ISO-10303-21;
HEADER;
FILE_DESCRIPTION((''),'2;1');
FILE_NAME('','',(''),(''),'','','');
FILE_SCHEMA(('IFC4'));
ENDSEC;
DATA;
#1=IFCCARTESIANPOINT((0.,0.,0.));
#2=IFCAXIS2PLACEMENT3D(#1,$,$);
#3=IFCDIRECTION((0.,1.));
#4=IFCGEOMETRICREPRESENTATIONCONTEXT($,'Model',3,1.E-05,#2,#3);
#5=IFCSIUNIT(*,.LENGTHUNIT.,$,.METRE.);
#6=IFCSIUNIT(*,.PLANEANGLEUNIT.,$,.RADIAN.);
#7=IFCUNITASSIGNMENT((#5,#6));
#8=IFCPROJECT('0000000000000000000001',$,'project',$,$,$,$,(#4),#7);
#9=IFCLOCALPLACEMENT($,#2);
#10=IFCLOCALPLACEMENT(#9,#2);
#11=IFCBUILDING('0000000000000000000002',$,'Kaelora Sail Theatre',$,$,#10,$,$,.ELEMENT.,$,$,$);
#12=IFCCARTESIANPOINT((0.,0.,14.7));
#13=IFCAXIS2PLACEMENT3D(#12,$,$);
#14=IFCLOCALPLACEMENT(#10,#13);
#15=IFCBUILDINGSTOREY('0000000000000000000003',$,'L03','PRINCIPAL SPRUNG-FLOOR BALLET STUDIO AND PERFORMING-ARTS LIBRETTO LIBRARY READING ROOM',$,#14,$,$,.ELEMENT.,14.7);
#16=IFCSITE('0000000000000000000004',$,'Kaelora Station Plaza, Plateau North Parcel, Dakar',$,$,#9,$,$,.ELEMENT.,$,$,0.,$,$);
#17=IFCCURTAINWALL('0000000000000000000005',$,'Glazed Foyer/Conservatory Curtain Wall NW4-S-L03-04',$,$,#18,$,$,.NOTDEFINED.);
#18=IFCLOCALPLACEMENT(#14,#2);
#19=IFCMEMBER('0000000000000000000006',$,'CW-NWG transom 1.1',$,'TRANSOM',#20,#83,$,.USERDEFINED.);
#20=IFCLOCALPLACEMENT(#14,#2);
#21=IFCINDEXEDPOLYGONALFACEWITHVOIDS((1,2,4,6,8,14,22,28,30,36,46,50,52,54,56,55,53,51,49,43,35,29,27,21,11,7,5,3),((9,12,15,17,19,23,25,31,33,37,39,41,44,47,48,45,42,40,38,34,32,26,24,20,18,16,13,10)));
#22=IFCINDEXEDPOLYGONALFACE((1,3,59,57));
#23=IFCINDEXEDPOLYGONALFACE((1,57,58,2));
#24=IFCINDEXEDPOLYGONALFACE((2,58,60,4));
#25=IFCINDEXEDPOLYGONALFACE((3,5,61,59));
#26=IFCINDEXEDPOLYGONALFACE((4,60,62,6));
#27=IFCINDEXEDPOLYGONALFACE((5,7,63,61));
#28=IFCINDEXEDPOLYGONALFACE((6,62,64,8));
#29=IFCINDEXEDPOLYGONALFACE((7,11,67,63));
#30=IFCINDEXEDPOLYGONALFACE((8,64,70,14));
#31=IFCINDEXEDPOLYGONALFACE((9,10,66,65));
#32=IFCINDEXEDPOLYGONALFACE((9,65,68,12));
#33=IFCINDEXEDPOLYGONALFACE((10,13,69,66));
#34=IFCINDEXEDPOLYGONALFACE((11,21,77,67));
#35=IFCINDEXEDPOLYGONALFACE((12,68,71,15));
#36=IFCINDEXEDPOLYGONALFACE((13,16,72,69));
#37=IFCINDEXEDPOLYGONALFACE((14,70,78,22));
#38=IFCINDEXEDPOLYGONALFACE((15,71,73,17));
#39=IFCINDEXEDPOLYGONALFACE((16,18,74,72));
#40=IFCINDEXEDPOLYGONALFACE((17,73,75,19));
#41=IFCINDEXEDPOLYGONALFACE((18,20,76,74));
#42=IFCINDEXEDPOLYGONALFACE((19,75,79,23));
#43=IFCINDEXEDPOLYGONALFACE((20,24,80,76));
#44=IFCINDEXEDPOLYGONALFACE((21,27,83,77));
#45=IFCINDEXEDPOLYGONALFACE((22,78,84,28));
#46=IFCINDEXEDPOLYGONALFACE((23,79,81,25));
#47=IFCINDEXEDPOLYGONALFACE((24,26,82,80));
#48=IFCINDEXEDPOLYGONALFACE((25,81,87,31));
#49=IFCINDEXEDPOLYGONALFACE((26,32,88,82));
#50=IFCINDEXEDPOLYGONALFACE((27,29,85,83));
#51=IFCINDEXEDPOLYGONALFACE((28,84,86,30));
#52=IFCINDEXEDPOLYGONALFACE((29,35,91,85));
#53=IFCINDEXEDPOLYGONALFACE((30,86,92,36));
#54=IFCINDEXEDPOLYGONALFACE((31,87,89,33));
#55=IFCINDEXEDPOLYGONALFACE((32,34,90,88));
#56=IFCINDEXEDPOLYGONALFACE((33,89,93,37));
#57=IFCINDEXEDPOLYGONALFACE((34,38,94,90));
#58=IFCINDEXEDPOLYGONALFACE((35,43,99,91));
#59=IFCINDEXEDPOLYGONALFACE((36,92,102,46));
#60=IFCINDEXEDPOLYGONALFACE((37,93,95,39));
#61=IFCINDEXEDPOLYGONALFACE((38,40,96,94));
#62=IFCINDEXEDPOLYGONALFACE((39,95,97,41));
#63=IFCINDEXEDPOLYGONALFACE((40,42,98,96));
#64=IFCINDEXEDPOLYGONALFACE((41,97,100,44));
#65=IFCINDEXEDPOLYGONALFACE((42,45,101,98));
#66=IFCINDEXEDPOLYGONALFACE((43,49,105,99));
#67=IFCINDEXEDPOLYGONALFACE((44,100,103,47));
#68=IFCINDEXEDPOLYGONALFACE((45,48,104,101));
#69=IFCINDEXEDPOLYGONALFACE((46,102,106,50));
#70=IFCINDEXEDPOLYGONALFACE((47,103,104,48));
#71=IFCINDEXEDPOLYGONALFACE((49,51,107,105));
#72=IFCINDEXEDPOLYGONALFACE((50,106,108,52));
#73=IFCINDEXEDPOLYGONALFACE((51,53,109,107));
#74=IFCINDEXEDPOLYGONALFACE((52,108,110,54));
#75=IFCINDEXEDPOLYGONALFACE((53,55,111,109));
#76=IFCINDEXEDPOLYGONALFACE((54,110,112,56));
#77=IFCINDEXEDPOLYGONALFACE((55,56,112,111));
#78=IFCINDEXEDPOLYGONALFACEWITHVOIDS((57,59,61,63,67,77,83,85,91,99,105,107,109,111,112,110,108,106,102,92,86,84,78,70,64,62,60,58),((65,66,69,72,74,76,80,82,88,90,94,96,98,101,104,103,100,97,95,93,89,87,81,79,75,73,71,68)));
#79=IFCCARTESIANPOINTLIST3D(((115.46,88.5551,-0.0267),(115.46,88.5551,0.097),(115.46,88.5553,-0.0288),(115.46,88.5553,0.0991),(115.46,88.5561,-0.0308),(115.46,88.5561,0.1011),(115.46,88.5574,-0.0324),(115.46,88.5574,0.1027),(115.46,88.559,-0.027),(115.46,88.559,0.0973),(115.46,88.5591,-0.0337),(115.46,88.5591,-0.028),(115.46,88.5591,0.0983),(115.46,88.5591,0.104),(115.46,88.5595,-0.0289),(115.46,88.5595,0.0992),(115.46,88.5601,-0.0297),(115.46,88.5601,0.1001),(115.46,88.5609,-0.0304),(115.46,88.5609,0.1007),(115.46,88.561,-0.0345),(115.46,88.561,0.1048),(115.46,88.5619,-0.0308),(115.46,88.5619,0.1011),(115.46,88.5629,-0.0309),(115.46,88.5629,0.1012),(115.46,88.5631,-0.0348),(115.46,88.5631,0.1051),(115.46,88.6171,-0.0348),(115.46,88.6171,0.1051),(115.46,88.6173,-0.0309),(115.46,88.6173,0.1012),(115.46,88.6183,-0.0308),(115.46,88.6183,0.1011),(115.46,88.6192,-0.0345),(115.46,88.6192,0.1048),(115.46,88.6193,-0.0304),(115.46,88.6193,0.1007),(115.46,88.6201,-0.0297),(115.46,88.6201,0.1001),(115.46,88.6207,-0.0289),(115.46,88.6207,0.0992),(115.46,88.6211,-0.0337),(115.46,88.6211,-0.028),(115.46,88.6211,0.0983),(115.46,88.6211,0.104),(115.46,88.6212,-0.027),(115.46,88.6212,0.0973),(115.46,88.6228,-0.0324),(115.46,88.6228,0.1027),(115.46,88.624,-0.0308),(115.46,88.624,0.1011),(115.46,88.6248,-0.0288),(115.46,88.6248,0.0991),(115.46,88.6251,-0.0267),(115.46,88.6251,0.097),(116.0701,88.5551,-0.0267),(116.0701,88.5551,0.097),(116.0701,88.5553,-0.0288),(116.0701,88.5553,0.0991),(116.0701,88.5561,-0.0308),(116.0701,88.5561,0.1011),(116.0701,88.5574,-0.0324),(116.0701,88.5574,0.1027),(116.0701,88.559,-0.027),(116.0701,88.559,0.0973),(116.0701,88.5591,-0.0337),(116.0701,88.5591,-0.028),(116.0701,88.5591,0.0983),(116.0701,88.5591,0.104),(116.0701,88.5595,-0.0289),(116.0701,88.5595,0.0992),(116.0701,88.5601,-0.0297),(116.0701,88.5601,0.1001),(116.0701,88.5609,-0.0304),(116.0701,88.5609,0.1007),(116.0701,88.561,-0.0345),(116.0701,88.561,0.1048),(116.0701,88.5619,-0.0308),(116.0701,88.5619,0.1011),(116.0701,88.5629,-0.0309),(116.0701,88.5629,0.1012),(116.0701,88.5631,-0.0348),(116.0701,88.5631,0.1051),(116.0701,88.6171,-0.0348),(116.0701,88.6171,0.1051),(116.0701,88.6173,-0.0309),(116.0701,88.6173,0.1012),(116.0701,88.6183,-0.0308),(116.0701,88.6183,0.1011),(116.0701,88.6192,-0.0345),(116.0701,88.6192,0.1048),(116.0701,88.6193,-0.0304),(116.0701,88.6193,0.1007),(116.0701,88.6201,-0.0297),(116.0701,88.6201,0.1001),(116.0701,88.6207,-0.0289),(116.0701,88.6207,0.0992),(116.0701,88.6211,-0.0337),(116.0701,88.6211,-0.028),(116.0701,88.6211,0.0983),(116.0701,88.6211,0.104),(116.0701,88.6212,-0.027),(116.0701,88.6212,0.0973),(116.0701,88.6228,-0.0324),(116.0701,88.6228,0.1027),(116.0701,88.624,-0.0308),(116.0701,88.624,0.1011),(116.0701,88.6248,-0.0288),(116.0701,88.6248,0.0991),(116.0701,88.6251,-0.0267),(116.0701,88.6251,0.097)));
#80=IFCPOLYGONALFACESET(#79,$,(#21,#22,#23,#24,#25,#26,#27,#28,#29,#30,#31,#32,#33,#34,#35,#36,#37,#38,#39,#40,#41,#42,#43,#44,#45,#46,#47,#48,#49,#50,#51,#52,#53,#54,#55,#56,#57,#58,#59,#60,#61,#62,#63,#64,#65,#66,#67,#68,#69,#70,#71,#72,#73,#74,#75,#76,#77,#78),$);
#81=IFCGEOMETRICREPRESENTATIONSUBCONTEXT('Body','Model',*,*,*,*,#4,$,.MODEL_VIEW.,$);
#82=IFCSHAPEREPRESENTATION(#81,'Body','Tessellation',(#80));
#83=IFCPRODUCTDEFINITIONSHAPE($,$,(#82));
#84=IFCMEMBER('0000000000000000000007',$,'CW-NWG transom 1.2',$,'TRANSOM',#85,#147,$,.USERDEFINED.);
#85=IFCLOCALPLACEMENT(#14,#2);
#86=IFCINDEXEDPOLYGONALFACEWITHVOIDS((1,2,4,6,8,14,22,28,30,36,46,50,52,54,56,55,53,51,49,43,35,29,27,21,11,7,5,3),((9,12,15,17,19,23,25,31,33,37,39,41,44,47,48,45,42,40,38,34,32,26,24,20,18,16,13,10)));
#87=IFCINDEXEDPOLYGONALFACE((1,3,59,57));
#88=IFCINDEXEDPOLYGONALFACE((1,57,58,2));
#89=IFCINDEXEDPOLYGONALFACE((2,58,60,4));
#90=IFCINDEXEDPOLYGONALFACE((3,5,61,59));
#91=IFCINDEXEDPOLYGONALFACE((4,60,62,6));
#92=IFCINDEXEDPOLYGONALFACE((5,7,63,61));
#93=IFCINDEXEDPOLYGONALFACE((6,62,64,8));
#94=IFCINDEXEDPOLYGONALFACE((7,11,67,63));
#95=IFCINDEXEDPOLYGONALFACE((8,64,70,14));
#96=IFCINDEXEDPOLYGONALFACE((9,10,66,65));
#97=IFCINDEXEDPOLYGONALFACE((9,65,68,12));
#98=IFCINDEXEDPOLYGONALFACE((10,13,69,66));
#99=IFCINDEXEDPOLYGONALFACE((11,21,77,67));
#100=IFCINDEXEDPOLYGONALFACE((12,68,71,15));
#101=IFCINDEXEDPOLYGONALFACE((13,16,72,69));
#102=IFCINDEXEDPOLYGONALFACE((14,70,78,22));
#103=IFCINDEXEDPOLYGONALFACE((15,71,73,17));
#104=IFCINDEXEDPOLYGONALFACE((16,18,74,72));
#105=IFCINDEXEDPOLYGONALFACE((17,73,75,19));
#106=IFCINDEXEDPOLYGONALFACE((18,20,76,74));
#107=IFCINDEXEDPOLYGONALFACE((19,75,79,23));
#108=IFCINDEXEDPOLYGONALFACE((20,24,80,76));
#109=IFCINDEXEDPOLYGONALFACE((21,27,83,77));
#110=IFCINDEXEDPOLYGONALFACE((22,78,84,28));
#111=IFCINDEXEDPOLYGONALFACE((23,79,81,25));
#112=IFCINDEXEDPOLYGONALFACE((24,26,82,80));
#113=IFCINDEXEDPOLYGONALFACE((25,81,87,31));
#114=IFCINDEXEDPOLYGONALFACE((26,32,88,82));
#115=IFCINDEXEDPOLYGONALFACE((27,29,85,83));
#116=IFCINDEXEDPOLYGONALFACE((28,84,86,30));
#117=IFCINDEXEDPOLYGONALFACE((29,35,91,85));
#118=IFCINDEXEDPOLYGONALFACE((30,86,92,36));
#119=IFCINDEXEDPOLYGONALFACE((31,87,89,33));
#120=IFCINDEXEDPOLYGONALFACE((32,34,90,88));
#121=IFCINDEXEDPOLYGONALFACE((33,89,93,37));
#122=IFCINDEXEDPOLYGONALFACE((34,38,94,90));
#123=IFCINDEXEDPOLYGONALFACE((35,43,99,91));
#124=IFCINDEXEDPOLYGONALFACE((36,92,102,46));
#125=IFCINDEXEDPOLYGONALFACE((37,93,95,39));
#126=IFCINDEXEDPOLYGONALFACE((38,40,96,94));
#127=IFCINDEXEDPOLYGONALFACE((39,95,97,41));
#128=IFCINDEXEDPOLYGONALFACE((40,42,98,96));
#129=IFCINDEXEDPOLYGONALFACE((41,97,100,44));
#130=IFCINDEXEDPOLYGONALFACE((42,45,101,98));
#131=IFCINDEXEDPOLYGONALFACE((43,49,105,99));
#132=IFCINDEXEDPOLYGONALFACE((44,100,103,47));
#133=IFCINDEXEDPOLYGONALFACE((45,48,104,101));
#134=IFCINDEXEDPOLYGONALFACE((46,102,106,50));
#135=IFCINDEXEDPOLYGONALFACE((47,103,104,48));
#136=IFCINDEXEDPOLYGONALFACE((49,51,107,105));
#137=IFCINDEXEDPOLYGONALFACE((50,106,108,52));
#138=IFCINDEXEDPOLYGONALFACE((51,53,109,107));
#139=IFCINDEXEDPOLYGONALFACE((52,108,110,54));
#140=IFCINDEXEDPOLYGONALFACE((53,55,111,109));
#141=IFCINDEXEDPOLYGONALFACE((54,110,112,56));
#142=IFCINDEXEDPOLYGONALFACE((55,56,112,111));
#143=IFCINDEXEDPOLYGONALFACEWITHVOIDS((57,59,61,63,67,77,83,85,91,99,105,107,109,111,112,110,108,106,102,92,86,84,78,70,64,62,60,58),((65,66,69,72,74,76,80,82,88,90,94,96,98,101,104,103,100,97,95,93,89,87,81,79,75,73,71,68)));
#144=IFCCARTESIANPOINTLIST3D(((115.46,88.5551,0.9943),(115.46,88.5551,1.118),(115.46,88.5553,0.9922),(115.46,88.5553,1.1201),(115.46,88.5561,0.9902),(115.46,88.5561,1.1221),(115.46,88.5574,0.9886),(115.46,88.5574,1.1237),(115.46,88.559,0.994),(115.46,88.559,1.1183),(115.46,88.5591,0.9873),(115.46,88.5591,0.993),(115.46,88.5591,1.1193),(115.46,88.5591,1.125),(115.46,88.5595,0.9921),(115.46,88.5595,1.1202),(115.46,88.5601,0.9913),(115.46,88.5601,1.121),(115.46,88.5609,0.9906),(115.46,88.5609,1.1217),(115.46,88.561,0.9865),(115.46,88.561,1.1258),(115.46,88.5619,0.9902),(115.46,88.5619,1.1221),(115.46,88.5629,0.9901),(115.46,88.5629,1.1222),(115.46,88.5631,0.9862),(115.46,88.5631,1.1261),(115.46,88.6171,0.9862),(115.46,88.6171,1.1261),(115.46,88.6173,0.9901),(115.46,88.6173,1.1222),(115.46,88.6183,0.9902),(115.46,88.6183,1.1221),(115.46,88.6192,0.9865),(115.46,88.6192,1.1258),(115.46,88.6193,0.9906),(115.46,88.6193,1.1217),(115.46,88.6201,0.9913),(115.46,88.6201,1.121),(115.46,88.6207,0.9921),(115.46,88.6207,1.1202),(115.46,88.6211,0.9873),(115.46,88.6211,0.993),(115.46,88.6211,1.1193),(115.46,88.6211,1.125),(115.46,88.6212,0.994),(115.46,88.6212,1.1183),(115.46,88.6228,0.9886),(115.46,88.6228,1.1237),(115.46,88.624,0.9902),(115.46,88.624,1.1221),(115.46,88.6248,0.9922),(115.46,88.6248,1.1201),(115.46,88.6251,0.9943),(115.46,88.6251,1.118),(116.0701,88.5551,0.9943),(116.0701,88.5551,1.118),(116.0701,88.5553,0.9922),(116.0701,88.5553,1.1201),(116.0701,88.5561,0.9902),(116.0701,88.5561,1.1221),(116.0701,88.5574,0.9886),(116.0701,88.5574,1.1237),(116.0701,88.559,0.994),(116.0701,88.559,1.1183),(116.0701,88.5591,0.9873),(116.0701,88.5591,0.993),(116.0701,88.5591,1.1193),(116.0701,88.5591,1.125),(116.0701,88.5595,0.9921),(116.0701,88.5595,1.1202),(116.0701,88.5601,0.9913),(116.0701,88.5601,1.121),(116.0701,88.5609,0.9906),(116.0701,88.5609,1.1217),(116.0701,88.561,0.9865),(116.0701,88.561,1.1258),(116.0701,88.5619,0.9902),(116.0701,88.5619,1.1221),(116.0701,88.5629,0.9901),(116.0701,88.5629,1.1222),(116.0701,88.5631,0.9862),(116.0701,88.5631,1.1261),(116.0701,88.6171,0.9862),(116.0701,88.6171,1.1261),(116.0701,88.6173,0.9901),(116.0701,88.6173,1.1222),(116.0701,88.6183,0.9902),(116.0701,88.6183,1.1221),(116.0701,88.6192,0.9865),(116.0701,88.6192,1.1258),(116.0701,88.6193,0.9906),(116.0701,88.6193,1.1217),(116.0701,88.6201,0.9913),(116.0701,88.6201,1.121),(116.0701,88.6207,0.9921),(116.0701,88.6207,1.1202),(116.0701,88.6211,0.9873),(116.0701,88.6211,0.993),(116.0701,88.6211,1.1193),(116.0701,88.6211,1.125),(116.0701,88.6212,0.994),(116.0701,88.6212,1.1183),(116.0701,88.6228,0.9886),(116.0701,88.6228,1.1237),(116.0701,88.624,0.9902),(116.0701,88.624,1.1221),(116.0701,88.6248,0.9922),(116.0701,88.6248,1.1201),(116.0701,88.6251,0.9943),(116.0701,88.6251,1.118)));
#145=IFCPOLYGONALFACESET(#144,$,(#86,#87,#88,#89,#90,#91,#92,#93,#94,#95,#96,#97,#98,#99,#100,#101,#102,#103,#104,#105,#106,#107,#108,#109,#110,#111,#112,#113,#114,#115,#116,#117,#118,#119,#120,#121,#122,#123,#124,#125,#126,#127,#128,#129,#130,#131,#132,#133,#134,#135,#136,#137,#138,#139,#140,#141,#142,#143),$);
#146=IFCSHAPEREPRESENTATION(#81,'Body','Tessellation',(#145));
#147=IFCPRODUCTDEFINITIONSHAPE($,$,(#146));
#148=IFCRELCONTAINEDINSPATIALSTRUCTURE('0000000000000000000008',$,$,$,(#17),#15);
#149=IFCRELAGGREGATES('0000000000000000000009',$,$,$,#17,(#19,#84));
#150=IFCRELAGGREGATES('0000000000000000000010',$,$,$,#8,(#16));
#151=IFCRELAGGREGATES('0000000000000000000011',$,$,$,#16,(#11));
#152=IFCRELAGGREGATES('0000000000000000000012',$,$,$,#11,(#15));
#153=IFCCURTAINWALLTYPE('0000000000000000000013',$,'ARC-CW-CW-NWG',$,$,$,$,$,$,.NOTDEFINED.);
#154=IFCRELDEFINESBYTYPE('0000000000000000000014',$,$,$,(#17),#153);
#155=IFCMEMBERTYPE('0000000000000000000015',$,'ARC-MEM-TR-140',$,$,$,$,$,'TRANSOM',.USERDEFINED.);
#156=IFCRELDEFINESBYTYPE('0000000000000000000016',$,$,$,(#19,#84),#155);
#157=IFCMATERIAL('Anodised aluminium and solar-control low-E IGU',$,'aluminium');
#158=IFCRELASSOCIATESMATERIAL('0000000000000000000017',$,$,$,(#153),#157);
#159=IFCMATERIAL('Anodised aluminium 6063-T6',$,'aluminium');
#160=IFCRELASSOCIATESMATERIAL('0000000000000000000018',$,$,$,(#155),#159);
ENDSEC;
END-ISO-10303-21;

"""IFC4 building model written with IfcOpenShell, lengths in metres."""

from ifc_helpers import new_model, si_unit, direction, frame, origin, origin_2d, place, context, subcontext, project, spatial, hollow_rectangle, extrude, material, material_profile, profile_set, type_object, element, aggregate, save


model = new_model("IFC4")

# Units and contexts
model_context = context("Model", 3, precision=1e-05, world=origin(), true_north=direction((0.0, 1.0)))
body_context = subcontext(model_context, "Body", "Model", "MODEL_VIEW")
ifc_project = project(units=[si_unit("LENGTHUNIT", "METRE"), si_unit("PLANEANGLEUNIT", "RADIAN")], contexts=[model_context])

# Site, building, storey
site_placement = place(None, origin())
site = spatial("IfcSite", under=ifc_project, at=site_placement, Name="Kaelora Station Plaza, Plateau North Parcel, Dakar", CompositionType="ELEMENT", RefElevation=0.0)
building_placement = place(site_placement, origin())
building = spatial("IfcBuilding", under=site, at=building_placement, Name="Kaelora Sail Theatre", CompositionType="ELEMENT")
storey_placement = place(building_placement, frame((0.0, 0.0, 14.7)))
storey = spatial("IfcBuildingStorey", under=building, at=storey_placement, Name="L03", Description="PRINCIPAL SPRUNG-FLOOR BALLET STUDIO AND PERFORMING-ARTS LIBRETTO LIBRARY READING ROOM", CompositionType="ELEMENT", Elevation=14.7)

# Curtain wall
ifc_material_1 = material(Name="Anodised aluminium and solar-control low-E IGU", Category="aluminium")
curtain_wall_type = type_object("IfcCurtainWallType", Name="ARC-CW-CW-NWG", PredefinedType="NOTDEFINED", material=ifc_material_1)
curtain_wall_1_placement = place(storey_placement, origin())
curtain_wall_1 = element("IfcCurtainWall", 1, at=curtain_wall_1_placement, inside=storey, type_object=curtain_wall_type, Name="Glazed Foyer/Conservatory Curtain Wall NW4-S-L03-04", PredefinedType="NOTDEFINED")

# Members
ifc_material_2 = material(Name="Anodised aluminium 6063-T6", Category="aluminium")
ifc_material_profile_1 = material_profile(ifc_material_2, hollow_rectangle(XDim=0.0701, YDim=0.1399, WallThickness=0.0039, InnerFilletRadius=0.0039, OuterFilletRadius=0.0081, at=origin_2d()), Name="ALU-TRAN 70x140x4")
ifc_profile_set_1 = profile_set([ifc_material_profile_1], Name="Anodised aluminium 6063-T6")
member_type_1 = type_object("IfcMemberType", Name="ARC-MEM-TR-140", ElementType="TRANSOM", PredefinedType="USERDEFINED", material=ifc_profile_set_1)
member_1_placement = place(storey_placement, frame((115.46, 88.5901, 0.0352), z_axis=(1.0, 0.0, 0.0), x_axis=(0.0, 1.0, 0.0)))
member_1 = element("IfcMember", 2, at=member_1_placement, type_object=member_type_1, Name="CW-NWG transom 1.1", ObjectType="TRANSOM", PredefinedType="USERDEFINED", context=body_context, shape_type="SweptSolid", body=[
    extrude(hollow_rectangle(XDim=0.0701, YDim=0.1399, WallThickness=0.0039, InnerFilletRadius=0.0039, OuterFilletRadius=0.0081, at=origin_2d()), origin(), (0.0, 0.0, 1.0), 0.6101),
])
member_2_placement = place(storey_placement, frame((115.46, 88.5901, 1.0562), z_axis=(1.0, 0.0, 0.0), x_axis=(0.0, 1.0, 0.0)))
member_2 = element("IfcMember", 3, at=member_2_placement, type_object=member_type_1, Name="CW-NWG transom 1.2", ObjectType="TRANSOM", PredefinedType="USERDEFINED", context=body_context, shape_type="SweptSolid", body=[
    extrude(hollow_rectangle(XDim=0.0701, YDim=0.1399, WallThickness=0.0039, InnerFilletRadius=0.0039, OuterFilletRadius=0.0081, at=origin_2d()), origin(), (0.0, 0.0, 1.0), 0.6101),
])

aggregate(curtain_wall_1, [member_1, member_2])

save(model, "model.ifc")
